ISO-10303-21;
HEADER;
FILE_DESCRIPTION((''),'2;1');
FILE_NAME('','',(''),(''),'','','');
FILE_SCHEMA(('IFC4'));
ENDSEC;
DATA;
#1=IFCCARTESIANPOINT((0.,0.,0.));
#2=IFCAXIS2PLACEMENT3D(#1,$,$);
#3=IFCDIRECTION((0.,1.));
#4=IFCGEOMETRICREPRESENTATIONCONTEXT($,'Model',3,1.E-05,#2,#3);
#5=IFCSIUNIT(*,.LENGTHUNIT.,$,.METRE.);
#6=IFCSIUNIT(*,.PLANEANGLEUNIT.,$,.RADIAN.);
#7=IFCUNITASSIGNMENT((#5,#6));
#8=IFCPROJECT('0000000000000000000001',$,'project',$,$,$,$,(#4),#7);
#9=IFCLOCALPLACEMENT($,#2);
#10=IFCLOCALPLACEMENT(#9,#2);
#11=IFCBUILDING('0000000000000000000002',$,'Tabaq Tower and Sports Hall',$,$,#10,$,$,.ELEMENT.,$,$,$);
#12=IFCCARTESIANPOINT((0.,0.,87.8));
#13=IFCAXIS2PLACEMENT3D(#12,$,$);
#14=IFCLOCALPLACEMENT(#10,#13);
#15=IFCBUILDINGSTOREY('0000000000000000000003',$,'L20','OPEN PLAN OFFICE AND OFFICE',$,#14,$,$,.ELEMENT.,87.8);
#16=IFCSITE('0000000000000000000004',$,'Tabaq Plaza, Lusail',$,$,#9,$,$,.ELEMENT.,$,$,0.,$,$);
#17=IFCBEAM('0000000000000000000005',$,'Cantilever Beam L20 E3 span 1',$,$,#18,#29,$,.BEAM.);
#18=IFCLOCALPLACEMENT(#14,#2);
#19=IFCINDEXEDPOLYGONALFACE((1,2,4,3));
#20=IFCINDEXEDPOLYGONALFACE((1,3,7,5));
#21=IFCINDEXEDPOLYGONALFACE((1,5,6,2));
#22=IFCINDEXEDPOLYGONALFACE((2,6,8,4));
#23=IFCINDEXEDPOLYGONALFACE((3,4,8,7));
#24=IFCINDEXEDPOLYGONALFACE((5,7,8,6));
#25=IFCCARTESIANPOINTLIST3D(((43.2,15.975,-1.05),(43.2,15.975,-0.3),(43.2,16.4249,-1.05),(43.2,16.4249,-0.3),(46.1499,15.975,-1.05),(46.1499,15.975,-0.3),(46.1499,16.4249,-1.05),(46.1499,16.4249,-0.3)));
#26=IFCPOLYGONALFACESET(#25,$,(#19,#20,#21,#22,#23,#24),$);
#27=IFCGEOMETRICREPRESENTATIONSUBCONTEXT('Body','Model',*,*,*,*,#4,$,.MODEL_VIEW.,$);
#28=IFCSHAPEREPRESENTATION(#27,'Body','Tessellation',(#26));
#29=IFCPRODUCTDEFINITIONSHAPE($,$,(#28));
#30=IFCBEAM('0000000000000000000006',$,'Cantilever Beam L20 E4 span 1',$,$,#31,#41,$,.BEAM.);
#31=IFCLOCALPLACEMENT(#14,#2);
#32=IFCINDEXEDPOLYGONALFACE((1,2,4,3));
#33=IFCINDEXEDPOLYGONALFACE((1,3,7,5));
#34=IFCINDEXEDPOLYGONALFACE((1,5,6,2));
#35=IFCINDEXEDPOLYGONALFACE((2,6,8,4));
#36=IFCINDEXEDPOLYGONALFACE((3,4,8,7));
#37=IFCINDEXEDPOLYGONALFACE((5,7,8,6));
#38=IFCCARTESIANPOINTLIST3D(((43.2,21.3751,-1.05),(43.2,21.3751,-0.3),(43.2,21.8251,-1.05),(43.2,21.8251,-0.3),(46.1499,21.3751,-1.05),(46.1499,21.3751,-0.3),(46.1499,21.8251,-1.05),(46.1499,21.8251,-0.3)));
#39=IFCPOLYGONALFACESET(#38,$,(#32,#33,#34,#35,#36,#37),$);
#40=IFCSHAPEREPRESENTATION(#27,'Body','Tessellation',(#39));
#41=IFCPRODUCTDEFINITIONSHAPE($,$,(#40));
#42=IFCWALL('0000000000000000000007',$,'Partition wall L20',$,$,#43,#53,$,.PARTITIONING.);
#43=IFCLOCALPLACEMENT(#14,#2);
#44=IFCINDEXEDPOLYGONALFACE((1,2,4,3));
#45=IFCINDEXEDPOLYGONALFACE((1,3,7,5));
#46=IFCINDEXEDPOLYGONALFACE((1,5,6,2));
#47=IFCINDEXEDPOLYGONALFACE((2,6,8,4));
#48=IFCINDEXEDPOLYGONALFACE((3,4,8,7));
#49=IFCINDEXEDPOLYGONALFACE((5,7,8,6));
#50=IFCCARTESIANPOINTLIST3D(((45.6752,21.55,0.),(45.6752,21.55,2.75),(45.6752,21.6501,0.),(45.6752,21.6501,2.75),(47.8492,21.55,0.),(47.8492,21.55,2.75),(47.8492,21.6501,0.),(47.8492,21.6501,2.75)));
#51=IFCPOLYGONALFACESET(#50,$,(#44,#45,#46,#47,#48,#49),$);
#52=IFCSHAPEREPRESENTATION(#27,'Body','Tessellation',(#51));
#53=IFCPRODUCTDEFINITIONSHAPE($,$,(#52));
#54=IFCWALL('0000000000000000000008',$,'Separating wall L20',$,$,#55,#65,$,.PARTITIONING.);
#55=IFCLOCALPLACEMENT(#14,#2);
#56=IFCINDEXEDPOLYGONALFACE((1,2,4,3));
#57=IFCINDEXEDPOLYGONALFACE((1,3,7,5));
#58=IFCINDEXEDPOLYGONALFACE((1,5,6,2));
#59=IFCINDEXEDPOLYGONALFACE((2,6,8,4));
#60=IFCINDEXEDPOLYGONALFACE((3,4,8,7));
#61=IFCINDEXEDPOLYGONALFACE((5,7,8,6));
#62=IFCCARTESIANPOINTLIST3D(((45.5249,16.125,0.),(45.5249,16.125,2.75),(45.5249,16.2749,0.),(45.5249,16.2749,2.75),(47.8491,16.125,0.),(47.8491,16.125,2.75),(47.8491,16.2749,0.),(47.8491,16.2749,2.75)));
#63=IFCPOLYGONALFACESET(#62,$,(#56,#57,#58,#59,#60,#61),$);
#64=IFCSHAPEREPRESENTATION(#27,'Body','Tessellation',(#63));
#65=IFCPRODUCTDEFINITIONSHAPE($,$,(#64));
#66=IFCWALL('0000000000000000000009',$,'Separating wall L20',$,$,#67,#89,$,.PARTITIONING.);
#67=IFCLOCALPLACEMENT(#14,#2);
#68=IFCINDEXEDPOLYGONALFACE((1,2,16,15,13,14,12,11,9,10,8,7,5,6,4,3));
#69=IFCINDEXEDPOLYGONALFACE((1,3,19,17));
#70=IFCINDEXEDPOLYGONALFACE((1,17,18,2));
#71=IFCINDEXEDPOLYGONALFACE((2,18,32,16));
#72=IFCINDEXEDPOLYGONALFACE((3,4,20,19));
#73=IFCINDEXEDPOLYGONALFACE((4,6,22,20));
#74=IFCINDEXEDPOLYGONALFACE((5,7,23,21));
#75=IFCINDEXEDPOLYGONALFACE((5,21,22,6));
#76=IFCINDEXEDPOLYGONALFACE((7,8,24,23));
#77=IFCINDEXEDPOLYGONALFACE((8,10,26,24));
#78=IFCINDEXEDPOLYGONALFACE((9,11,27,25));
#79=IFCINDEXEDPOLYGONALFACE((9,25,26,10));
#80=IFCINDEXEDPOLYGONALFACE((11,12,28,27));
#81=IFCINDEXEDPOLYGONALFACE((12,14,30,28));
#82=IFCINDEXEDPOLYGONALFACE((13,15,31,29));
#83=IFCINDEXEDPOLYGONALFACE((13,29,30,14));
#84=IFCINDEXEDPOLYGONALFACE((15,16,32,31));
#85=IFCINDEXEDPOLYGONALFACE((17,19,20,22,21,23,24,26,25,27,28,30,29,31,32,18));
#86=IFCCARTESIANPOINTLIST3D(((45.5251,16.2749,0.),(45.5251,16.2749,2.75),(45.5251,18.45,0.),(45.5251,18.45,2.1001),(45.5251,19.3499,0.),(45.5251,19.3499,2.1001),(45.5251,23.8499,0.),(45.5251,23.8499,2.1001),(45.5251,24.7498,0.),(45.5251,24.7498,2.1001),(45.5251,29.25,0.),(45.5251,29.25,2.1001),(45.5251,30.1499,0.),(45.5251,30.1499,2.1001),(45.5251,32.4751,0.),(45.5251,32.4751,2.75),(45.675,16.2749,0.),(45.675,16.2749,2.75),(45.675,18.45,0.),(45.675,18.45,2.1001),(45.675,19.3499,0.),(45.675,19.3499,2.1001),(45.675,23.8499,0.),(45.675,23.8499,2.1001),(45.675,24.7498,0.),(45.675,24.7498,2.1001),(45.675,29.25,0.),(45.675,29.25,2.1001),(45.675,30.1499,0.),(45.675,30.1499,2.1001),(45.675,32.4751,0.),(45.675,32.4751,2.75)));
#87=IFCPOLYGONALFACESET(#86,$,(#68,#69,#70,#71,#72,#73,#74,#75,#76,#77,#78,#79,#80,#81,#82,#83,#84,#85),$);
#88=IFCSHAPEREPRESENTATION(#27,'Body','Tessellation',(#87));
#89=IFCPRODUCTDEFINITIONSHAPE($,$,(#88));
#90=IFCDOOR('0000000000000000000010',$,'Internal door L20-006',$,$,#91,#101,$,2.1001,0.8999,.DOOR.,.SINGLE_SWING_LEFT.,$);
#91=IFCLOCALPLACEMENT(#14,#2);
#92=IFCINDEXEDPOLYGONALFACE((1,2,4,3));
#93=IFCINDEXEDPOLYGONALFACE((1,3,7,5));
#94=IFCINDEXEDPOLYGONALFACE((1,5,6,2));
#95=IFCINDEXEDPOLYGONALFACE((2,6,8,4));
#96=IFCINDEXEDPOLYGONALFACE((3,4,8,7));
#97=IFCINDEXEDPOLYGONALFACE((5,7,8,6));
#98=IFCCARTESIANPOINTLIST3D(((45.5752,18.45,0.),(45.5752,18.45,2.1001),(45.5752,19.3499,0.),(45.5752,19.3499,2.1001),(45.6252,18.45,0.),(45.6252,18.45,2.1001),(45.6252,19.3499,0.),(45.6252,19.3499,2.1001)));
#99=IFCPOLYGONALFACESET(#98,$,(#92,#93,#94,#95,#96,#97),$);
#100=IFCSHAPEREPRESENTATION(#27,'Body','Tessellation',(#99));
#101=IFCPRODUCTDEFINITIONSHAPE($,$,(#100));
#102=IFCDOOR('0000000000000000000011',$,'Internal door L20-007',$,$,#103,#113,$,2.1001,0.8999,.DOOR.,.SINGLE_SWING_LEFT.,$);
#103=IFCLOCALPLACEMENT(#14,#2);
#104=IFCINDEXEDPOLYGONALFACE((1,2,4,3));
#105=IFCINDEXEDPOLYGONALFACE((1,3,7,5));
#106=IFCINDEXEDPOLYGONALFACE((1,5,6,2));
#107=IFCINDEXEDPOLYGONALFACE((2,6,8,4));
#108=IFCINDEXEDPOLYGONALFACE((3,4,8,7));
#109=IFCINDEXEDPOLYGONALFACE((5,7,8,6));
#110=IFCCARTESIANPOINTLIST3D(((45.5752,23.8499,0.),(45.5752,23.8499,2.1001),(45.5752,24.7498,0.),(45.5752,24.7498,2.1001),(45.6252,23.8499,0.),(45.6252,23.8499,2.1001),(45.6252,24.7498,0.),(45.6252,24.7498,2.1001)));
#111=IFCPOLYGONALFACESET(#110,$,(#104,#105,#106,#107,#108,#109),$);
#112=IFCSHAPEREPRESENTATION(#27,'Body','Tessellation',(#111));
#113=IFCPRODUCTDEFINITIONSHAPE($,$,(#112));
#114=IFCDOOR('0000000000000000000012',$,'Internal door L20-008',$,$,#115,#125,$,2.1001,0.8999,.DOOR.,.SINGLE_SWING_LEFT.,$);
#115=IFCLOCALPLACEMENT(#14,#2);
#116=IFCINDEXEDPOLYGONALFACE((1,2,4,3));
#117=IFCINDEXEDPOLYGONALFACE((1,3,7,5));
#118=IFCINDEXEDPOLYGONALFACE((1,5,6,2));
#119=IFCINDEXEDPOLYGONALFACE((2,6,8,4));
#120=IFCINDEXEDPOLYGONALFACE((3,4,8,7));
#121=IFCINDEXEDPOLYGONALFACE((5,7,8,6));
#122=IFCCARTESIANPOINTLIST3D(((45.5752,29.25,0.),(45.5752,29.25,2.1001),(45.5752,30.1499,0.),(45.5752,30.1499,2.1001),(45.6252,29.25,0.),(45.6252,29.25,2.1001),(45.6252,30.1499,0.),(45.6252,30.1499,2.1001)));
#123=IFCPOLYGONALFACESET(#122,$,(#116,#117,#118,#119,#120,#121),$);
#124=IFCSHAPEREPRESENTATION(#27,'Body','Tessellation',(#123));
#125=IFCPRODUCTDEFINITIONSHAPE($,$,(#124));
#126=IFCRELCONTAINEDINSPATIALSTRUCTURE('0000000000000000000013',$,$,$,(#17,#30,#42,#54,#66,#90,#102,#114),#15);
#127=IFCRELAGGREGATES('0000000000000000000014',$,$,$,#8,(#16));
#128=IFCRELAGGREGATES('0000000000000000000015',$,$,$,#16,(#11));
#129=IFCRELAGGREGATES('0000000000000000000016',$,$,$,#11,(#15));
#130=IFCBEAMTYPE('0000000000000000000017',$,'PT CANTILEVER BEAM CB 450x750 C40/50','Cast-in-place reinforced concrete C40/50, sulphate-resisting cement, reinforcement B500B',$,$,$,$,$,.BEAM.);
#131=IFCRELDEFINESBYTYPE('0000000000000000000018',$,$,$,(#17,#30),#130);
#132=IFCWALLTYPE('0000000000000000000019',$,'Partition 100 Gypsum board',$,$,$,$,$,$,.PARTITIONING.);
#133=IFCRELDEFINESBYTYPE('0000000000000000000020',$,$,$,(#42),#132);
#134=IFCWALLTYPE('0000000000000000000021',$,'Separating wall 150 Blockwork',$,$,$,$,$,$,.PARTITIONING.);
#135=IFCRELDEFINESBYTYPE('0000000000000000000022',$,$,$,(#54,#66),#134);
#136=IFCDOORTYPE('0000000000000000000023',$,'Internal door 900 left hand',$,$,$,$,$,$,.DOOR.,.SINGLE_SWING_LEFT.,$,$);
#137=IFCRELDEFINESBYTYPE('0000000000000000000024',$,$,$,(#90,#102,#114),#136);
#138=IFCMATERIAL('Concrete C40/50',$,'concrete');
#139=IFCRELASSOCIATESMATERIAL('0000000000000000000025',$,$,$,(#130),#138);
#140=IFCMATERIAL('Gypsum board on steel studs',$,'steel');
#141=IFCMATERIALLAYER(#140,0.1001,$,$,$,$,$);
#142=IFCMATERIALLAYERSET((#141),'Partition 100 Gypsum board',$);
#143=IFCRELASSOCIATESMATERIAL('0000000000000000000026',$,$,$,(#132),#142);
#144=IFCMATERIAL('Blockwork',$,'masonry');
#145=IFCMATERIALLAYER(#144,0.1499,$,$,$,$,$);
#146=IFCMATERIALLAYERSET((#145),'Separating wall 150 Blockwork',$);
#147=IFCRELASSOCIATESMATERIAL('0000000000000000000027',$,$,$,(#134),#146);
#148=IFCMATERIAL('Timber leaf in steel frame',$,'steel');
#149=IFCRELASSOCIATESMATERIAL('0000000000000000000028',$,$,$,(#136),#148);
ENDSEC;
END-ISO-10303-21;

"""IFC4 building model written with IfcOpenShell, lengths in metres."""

from ifc_helpers import new_model, si_unit, direction, frame, frame_2d, origin, origin_2d, place, context, subcontext, project, spatial, rectangle, extrude, material, layer, layer_set, material_profile, profile_set, type_object, element, fill, save


model = new_model("IFC4")

# Units and contexts
model_context = context("Model", 3, precision=1e-05, world=origin(), true_north=direction((0.0, 1.0)))
body_context = subcontext(model_context, "Body", "Model", "MODEL_VIEW")
ifc_project = project(units=[si_unit("LENGTHUNIT", "METRE"), si_unit("PLANEANGLEUNIT", "RADIAN")], contexts=[model_context])

# Site, building, storey
site_placement = place(None, origin())
site = spatial("IfcSite", under=ifc_project, at=site_placement, Name="Tabaq Plaza, Lusail", CompositionType="ELEMENT", RefElevation=0.0)
building_placement = place(site_placement, origin())
building = spatial("IfcBuilding", under=site, at=building_placement, Name="Tabaq Tower and Sports Hall", CompositionType="ELEMENT")
storey_placement = place(building_placement, frame((0.0, 0.0, 87.8)))
storey = spatial("IfcBuildingStorey", under=building, at=storey_placement, Name="L20", Description="OPEN PLAN OFFICE AND OFFICE", CompositionType="ELEMENT", Elevation=87.8)

# Beams
ifc_material_1 = material(Name="Concrete C40/50", Category="concrete")
ifc_material_profile = material_profile(ifc_material_1, rectangle(XDim=0.45, YDim=0.75, at=origin_2d()), Name="CB 450x750")
ifc_profile_set = profile_set([ifc_material_profile], Name="Concrete C40/50")
beam_type = type_object("IfcBeamType", Name="PT CANTILEVER BEAM CB 450x750 C40/50", Description="Cast-in-place reinforced concrete C40/50, sulphate-resisting cement, reinforcement B500B", PredefinedType="BEAM", material=ifc_profile_set)
for number, where, z_axis, x_axis, name in (
    (1, (46.1499, 16.2, -0.675), (-1.0, 0.0, 0.0), (0.0, -1.0, 0.0), "Cantilever Beam L20 E3 span 1"),
    (2, (46.1499, 21.6001, -0.675), (-1.0, 0.0, 0.0), (0.0, -1.0, 0.0), "Cantilever Beam L20 E4 span 1"),
):
    element("IfcBeam", number, at=place(storey_placement, frame(where, z_axis=z_axis, x_axis=x_axis)), inside=storey, type_object=beam_type, Name=name, PredefinedType="BEAM", context=body_context, shape_type="SweptSolid", body=[
        extrude(rectangle(XDim=0.45, YDim=0.75, at=origin_2d()), origin(), (0.0, 0.0, 1.0), 2.95),
    ])

# Walls
ifc_material_2 = material(Name="Gypsum board on steel studs", Category="steel")
ifc_layer_1 = layer(ifc_material_2, 0.1001)
ifc_layer_set_1 = layer_set([ifc_layer_1], Name="Partition 100 Gypsum board")
wall_type_1 = type_object("IfcWallType", Name="Partition 100 Gypsum board", PredefinedType="PARTITIONING", material=ifc_layer_set_1)
wall_1_placement = place(storey_placement, frame((47.8491, 21.6001, 0.0), z_axis=(0.0, 0.0, 1.0), x_axis=(-1.0, 0.0, 0.0)))
element("IfcWall", 3, at=wall_1_placement, inside=storey, type_object=wall_type_1, Name="Partition wall L20", PredefinedType="PARTITIONING", context=body_context, shape_type="SweptSolid", body=[
    extrude(rectangle(XDim=2.1741, YDim=0.1001, at=frame_2d((1.0869, 0.0))), origin(), (0.0, 0.0, 1.0), 2.75),
])
ifc_material_3 = material(Name="Blockwork", Category="masonry")
ifc_layer_2 = layer(ifc_material_3, 0.1499)
ifc_layer_set_2 = layer_set([ifc_layer_2], Name="Separating wall 150 Blockwork")
wall_type_2 = type_object("IfcWallType", Name="Separating wall 150 Blockwork", PredefinedType="PARTITIONING", material=ifc_layer_set_2)
wall_2_placement = place(storey_placement, frame((47.8491, 16.2, 0.0), z_axis=(0.0, 0.0, 1.0), x_axis=(-1.0, 0.0, 0.0)))
element("IfcWall", 4, at=wall_2_placement, inside=storey, type_object=wall_type_2, Name="Separating wall L20", PredefinedType="PARTITIONING", context=body_context, shape_type="SweptSolid", body=[
    extrude(rectangle(XDim=2.3242, YDim=0.1499, at=frame_2d((1.1621, 0.0))), origin(), (0.0, 0.0, 1.0), 2.75),
])

# Wall, openings, doors
wall_3_placement = place(storey_placement, frame((45.6001, 16.2749, 0.0), z_axis=(0.0, 0.0, 1.0), x_axis=(0.0, 1.0, 0.0)))
wall_3 = element("IfcWall", 5, at=wall_3_placement, inside=storey, type_object=wall_type_2, Name="Separating wall L20", PredefinedType="PARTITIONING", context=body_context, shape_type="SweptSolid", body=[
    extrude(rectangle(XDim=16.2002, YDim=0.1499, at=frame_2d((8.1001, 0.0))), origin(), (0.0, 0.0, 1.0), 2.75),
])
opening_1_placement = place(wall_3_placement, frame((2.175, 0.0, 0.0)))
opening_1 = element("IfcOpeningElement", 6, at=opening_1_placement, cuts=wall_3, PredefinedType="OPENING", context=body_context, shape_type="SweptSolid", body=[
    extrude(rectangle(XDim=0.8999, YDim=2.1001, at=frame_2d((0.45, 1.05))), frame((0.0, 0.075, 0.0), z_axis=(0.0, -1.0, 0.0), x_axis=(1.0, 0.0, 0.0)), (0.0, 0.0, 1.0), 0.1499),
])
opening_2_placement = place(wall_3_placement, frame((7.575, 0.0, 0.0)))
opening_2 = element("IfcOpeningElement", 7, at=opening_2_placement, cuts=wall_3, PredefinedType="OPENING", context=body_context, shape_type="SweptSolid", body=[
    extrude(rectangle(XDim=0.8999, YDim=2.1001, at=frame_2d((0.45, 1.05))), frame((0.0, 0.075, 0.0), z_axis=(0.0, -1.0, 0.0), x_axis=(1.0, 0.0, 0.0)), (0.0, 0.0, 1.0), 0.1499),
])
opening_3_placement = place(wall_3_placement, frame((12.9751, 0.0, 0.0)))
opening_3 = element("IfcOpeningElement", 8, at=opening_3_placement, cuts=wall_3, PredefinedType="OPENING", context=body_context, shape_type="SweptSolid", body=[
    extrude(rectangle(XDim=0.8999, YDim=2.1001, at=frame_2d((0.45, 1.05))), frame((0.0, 0.075, 0.0), z_axis=(0.0, -1.0, 0.0), x_axis=(1.0, 0.0, 0.0)), (0.0, 0.0, 1.0), 0.1499),
])
ifc_material_4 = material(Name="Timber leaf in steel frame", Category="steel")
door_type_1 = type_object("IfcDoorType", Name="Internal door 900 left hand", OperationType="SINGLE_SWING_LEFT", PredefinedType="DOOR", material=ifc_material_4)
door_1_placement = place(opening_1_placement, origin())
door_1 = element("IfcDoor", 9, at=door_1_placement, inside=storey, type_object=door_type_1, Name="Internal door L20-006", OperationType="SINGLE_SWING_LEFT", OverallHeight=2.1001, OverallWidth=0.8999, PredefinedType="DOOR", context=body_context, shape_type="SweptSolid", body=[
    extrude(rectangle(XDim=0.8999, YDim=2.1001, at=frame_2d((0.45, 1.05))), frame((0.0, 0.0249, 0.0), z_axis=(0.0, -1.0, 0.0), x_axis=(1.0, 0.0, 0.0)), (0.0, 0.0, 1.0), 0.05),
])
fill(opening_1, door_1)
door_2_placement = place(opening_2_placement, origin())
door_2 = element("IfcDoor", 10, at=door_2_placement, inside=storey, type_object=door_type_1, Name="Internal door L20-007", OperationType="SINGLE_SWING_LEFT", OverallHeight=2.1001, OverallWidth=0.8999, PredefinedType="DOOR", context=body_context, shape_type="SweptSolid", body=[
    extrude(rectangle(XDim=0.8999, YDim=2.1001, at=frame_2d((0.45, 1.05))), frame((0.0, 0.0249, 0.0), z_axis=(0.0, -1.0, 0.0), x_axis=(1.0, 0.0, 0.0)), (0.0, 0.0, 1.0), 0.05),
])
fill(opening_2, door_2)
door_3_placement = place(opening_3_placement, origin())
door_3 = element("IfcDoor", 11, at=door_3_placement, inside=storey, type_object=door_type_1, Name="Internal door L20-008", OperationType="SINGLE_SWING_LEFT", OverallHeight=2.1001, OverallWidth=0.8999, PredefinedType="DOOR", context=body_context, shape_type="SweptSolid", body=[
    extrude(rectangle(XDim=0.8999, YDim=2.1001, at=frame_2d((0.45, 1.05))), frame((0.0, 0.0249, 0.0), z_axis=(0.0, -1.0, 0.0), x_axis=(1.0, 0.0, 0.0)), (0.0, 0.0, 1.0), 0.05),
])
fill(opening_3, door_3)

save(model, "model.ifc")
